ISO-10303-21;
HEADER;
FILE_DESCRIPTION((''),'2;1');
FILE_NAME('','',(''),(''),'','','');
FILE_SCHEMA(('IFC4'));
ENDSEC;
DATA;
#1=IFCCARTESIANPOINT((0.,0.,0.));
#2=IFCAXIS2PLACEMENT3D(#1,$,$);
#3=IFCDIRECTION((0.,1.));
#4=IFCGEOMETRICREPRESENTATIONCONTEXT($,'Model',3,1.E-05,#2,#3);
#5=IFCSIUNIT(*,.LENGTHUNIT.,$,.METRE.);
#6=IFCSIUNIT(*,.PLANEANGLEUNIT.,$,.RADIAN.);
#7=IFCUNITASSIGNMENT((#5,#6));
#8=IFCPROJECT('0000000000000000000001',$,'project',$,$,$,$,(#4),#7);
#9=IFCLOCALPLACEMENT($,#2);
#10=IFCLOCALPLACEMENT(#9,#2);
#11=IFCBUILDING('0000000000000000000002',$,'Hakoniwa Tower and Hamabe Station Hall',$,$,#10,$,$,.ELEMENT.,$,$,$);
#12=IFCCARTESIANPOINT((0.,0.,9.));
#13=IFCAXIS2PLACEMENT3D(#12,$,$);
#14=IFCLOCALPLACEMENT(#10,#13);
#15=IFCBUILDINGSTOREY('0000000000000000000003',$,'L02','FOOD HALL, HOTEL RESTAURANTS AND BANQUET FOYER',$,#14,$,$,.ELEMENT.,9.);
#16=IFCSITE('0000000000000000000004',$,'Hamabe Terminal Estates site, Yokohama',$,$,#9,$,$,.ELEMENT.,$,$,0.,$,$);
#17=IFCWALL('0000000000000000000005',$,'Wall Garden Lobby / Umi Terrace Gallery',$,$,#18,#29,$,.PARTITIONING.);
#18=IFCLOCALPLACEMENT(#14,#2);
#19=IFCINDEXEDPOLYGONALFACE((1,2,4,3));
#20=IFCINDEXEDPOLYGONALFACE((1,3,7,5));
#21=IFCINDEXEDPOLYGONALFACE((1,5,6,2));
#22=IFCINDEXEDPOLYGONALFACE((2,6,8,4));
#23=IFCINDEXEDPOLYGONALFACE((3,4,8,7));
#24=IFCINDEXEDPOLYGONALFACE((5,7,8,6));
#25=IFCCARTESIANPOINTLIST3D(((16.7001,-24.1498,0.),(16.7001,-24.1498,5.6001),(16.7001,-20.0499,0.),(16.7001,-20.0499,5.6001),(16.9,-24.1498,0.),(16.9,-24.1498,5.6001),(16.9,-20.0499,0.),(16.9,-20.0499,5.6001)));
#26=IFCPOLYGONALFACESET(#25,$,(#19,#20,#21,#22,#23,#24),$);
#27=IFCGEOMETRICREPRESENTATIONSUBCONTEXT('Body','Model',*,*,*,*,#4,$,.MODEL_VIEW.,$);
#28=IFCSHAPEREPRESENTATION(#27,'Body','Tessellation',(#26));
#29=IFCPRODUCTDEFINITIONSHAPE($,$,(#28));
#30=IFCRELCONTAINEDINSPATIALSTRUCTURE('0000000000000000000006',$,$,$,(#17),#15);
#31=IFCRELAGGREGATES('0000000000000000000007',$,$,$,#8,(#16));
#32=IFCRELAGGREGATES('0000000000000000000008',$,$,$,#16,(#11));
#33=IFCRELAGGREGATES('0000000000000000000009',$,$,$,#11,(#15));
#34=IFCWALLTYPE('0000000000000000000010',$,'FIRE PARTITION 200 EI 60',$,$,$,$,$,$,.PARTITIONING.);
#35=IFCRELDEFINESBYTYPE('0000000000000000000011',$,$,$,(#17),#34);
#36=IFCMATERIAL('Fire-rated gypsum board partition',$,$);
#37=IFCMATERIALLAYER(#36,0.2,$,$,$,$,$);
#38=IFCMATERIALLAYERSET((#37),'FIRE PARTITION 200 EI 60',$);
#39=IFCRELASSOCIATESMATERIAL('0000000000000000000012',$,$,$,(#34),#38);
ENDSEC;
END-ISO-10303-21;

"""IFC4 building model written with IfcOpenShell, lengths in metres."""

from ifc_helpers import new_model, si_unit, direction, frame, frame_2d, origin, place, context, subcontext, project, spatial, rectangle, extrude, material, layer, layer_set, type_object, element, save


model = new_model("IFC4")

# Units and contexts
model_context = context("Model", 3, precision=1e-05, world=origin(), true_north=direction((0.0, 1.0)))
body_context = subcontext(model_context, "Body", "Model", "MODEL_VIEW")
ifc_project = project(units=[si_unit("LENGTHUNIT", "METRE"), si_unit("PLANEANGLEUNIT", "RADIAN")], contexts=[model_context])

# Site, building, storey
site_placement = place(None, origin())
site = spatial("IfcSite", under=ifc_project, at=site_placement, Name="Hamabe Terminal Estates site, Yokohama", CompositionType="ELEMENT", RefElevation=0.0)
building_placement = place(site_placement, origin())
building = spatial("IfcBuilding", under=site, at=building_placement, Name="Hakoniwa Tower and Hamabe Station Hall", CompositionType="ELEMENT")
storey_placement = place(building_placement, frame((0.0, 0.0, 9.0)))
storey = spatial("IfcBuildingStorey", under=building, at=storey_placement, Name="L02", Description="FOOD HALL, HOTEL RESTAURANTS AND BANQUET FOYER", CompositionType="ELEMENT", Elevation=9.0)

# Shared definitions
ifc_material_1 = material(Name="Fire-rated gypsum board partition")
ifc_layer_1 = layer(ifc_material_1, 0.2)
ifc_layer_set_1 = layer_set([ifc_layer_1], Name="FIRE PARTITION 200 EI 60")
wall_type_1 = type_object("IfcWallType", Name="FIRE PARTITION 200 EI 60", PredefinedType="PARTITIONING", material=ifc_layer_set_1)

# Wall
wall_1_placement = place(storey_placement, frame((16.8, -20.05, 0.0), z_axis=(0.0, 0.0, 1.0), x_axis=(0.0, -1.0, 0.0)))
element("IfcWall", 1, at=wall_1_placement, inside=storey, type_object=wall_type_1, Name="Wall Garden Lobby / Umi Terrace Gallery", PredefinedType="PARTITIONING", context=body_context, shape_type="SweptSolid", body=[
    extrude(rectangle(XDim=4.0999, YDim=0.2, at=frame_2d((2.0498, 0.0))), origin(), (0.0, 0.0, 1.0), 5.6001),
])

save(model, "model.ifc")
